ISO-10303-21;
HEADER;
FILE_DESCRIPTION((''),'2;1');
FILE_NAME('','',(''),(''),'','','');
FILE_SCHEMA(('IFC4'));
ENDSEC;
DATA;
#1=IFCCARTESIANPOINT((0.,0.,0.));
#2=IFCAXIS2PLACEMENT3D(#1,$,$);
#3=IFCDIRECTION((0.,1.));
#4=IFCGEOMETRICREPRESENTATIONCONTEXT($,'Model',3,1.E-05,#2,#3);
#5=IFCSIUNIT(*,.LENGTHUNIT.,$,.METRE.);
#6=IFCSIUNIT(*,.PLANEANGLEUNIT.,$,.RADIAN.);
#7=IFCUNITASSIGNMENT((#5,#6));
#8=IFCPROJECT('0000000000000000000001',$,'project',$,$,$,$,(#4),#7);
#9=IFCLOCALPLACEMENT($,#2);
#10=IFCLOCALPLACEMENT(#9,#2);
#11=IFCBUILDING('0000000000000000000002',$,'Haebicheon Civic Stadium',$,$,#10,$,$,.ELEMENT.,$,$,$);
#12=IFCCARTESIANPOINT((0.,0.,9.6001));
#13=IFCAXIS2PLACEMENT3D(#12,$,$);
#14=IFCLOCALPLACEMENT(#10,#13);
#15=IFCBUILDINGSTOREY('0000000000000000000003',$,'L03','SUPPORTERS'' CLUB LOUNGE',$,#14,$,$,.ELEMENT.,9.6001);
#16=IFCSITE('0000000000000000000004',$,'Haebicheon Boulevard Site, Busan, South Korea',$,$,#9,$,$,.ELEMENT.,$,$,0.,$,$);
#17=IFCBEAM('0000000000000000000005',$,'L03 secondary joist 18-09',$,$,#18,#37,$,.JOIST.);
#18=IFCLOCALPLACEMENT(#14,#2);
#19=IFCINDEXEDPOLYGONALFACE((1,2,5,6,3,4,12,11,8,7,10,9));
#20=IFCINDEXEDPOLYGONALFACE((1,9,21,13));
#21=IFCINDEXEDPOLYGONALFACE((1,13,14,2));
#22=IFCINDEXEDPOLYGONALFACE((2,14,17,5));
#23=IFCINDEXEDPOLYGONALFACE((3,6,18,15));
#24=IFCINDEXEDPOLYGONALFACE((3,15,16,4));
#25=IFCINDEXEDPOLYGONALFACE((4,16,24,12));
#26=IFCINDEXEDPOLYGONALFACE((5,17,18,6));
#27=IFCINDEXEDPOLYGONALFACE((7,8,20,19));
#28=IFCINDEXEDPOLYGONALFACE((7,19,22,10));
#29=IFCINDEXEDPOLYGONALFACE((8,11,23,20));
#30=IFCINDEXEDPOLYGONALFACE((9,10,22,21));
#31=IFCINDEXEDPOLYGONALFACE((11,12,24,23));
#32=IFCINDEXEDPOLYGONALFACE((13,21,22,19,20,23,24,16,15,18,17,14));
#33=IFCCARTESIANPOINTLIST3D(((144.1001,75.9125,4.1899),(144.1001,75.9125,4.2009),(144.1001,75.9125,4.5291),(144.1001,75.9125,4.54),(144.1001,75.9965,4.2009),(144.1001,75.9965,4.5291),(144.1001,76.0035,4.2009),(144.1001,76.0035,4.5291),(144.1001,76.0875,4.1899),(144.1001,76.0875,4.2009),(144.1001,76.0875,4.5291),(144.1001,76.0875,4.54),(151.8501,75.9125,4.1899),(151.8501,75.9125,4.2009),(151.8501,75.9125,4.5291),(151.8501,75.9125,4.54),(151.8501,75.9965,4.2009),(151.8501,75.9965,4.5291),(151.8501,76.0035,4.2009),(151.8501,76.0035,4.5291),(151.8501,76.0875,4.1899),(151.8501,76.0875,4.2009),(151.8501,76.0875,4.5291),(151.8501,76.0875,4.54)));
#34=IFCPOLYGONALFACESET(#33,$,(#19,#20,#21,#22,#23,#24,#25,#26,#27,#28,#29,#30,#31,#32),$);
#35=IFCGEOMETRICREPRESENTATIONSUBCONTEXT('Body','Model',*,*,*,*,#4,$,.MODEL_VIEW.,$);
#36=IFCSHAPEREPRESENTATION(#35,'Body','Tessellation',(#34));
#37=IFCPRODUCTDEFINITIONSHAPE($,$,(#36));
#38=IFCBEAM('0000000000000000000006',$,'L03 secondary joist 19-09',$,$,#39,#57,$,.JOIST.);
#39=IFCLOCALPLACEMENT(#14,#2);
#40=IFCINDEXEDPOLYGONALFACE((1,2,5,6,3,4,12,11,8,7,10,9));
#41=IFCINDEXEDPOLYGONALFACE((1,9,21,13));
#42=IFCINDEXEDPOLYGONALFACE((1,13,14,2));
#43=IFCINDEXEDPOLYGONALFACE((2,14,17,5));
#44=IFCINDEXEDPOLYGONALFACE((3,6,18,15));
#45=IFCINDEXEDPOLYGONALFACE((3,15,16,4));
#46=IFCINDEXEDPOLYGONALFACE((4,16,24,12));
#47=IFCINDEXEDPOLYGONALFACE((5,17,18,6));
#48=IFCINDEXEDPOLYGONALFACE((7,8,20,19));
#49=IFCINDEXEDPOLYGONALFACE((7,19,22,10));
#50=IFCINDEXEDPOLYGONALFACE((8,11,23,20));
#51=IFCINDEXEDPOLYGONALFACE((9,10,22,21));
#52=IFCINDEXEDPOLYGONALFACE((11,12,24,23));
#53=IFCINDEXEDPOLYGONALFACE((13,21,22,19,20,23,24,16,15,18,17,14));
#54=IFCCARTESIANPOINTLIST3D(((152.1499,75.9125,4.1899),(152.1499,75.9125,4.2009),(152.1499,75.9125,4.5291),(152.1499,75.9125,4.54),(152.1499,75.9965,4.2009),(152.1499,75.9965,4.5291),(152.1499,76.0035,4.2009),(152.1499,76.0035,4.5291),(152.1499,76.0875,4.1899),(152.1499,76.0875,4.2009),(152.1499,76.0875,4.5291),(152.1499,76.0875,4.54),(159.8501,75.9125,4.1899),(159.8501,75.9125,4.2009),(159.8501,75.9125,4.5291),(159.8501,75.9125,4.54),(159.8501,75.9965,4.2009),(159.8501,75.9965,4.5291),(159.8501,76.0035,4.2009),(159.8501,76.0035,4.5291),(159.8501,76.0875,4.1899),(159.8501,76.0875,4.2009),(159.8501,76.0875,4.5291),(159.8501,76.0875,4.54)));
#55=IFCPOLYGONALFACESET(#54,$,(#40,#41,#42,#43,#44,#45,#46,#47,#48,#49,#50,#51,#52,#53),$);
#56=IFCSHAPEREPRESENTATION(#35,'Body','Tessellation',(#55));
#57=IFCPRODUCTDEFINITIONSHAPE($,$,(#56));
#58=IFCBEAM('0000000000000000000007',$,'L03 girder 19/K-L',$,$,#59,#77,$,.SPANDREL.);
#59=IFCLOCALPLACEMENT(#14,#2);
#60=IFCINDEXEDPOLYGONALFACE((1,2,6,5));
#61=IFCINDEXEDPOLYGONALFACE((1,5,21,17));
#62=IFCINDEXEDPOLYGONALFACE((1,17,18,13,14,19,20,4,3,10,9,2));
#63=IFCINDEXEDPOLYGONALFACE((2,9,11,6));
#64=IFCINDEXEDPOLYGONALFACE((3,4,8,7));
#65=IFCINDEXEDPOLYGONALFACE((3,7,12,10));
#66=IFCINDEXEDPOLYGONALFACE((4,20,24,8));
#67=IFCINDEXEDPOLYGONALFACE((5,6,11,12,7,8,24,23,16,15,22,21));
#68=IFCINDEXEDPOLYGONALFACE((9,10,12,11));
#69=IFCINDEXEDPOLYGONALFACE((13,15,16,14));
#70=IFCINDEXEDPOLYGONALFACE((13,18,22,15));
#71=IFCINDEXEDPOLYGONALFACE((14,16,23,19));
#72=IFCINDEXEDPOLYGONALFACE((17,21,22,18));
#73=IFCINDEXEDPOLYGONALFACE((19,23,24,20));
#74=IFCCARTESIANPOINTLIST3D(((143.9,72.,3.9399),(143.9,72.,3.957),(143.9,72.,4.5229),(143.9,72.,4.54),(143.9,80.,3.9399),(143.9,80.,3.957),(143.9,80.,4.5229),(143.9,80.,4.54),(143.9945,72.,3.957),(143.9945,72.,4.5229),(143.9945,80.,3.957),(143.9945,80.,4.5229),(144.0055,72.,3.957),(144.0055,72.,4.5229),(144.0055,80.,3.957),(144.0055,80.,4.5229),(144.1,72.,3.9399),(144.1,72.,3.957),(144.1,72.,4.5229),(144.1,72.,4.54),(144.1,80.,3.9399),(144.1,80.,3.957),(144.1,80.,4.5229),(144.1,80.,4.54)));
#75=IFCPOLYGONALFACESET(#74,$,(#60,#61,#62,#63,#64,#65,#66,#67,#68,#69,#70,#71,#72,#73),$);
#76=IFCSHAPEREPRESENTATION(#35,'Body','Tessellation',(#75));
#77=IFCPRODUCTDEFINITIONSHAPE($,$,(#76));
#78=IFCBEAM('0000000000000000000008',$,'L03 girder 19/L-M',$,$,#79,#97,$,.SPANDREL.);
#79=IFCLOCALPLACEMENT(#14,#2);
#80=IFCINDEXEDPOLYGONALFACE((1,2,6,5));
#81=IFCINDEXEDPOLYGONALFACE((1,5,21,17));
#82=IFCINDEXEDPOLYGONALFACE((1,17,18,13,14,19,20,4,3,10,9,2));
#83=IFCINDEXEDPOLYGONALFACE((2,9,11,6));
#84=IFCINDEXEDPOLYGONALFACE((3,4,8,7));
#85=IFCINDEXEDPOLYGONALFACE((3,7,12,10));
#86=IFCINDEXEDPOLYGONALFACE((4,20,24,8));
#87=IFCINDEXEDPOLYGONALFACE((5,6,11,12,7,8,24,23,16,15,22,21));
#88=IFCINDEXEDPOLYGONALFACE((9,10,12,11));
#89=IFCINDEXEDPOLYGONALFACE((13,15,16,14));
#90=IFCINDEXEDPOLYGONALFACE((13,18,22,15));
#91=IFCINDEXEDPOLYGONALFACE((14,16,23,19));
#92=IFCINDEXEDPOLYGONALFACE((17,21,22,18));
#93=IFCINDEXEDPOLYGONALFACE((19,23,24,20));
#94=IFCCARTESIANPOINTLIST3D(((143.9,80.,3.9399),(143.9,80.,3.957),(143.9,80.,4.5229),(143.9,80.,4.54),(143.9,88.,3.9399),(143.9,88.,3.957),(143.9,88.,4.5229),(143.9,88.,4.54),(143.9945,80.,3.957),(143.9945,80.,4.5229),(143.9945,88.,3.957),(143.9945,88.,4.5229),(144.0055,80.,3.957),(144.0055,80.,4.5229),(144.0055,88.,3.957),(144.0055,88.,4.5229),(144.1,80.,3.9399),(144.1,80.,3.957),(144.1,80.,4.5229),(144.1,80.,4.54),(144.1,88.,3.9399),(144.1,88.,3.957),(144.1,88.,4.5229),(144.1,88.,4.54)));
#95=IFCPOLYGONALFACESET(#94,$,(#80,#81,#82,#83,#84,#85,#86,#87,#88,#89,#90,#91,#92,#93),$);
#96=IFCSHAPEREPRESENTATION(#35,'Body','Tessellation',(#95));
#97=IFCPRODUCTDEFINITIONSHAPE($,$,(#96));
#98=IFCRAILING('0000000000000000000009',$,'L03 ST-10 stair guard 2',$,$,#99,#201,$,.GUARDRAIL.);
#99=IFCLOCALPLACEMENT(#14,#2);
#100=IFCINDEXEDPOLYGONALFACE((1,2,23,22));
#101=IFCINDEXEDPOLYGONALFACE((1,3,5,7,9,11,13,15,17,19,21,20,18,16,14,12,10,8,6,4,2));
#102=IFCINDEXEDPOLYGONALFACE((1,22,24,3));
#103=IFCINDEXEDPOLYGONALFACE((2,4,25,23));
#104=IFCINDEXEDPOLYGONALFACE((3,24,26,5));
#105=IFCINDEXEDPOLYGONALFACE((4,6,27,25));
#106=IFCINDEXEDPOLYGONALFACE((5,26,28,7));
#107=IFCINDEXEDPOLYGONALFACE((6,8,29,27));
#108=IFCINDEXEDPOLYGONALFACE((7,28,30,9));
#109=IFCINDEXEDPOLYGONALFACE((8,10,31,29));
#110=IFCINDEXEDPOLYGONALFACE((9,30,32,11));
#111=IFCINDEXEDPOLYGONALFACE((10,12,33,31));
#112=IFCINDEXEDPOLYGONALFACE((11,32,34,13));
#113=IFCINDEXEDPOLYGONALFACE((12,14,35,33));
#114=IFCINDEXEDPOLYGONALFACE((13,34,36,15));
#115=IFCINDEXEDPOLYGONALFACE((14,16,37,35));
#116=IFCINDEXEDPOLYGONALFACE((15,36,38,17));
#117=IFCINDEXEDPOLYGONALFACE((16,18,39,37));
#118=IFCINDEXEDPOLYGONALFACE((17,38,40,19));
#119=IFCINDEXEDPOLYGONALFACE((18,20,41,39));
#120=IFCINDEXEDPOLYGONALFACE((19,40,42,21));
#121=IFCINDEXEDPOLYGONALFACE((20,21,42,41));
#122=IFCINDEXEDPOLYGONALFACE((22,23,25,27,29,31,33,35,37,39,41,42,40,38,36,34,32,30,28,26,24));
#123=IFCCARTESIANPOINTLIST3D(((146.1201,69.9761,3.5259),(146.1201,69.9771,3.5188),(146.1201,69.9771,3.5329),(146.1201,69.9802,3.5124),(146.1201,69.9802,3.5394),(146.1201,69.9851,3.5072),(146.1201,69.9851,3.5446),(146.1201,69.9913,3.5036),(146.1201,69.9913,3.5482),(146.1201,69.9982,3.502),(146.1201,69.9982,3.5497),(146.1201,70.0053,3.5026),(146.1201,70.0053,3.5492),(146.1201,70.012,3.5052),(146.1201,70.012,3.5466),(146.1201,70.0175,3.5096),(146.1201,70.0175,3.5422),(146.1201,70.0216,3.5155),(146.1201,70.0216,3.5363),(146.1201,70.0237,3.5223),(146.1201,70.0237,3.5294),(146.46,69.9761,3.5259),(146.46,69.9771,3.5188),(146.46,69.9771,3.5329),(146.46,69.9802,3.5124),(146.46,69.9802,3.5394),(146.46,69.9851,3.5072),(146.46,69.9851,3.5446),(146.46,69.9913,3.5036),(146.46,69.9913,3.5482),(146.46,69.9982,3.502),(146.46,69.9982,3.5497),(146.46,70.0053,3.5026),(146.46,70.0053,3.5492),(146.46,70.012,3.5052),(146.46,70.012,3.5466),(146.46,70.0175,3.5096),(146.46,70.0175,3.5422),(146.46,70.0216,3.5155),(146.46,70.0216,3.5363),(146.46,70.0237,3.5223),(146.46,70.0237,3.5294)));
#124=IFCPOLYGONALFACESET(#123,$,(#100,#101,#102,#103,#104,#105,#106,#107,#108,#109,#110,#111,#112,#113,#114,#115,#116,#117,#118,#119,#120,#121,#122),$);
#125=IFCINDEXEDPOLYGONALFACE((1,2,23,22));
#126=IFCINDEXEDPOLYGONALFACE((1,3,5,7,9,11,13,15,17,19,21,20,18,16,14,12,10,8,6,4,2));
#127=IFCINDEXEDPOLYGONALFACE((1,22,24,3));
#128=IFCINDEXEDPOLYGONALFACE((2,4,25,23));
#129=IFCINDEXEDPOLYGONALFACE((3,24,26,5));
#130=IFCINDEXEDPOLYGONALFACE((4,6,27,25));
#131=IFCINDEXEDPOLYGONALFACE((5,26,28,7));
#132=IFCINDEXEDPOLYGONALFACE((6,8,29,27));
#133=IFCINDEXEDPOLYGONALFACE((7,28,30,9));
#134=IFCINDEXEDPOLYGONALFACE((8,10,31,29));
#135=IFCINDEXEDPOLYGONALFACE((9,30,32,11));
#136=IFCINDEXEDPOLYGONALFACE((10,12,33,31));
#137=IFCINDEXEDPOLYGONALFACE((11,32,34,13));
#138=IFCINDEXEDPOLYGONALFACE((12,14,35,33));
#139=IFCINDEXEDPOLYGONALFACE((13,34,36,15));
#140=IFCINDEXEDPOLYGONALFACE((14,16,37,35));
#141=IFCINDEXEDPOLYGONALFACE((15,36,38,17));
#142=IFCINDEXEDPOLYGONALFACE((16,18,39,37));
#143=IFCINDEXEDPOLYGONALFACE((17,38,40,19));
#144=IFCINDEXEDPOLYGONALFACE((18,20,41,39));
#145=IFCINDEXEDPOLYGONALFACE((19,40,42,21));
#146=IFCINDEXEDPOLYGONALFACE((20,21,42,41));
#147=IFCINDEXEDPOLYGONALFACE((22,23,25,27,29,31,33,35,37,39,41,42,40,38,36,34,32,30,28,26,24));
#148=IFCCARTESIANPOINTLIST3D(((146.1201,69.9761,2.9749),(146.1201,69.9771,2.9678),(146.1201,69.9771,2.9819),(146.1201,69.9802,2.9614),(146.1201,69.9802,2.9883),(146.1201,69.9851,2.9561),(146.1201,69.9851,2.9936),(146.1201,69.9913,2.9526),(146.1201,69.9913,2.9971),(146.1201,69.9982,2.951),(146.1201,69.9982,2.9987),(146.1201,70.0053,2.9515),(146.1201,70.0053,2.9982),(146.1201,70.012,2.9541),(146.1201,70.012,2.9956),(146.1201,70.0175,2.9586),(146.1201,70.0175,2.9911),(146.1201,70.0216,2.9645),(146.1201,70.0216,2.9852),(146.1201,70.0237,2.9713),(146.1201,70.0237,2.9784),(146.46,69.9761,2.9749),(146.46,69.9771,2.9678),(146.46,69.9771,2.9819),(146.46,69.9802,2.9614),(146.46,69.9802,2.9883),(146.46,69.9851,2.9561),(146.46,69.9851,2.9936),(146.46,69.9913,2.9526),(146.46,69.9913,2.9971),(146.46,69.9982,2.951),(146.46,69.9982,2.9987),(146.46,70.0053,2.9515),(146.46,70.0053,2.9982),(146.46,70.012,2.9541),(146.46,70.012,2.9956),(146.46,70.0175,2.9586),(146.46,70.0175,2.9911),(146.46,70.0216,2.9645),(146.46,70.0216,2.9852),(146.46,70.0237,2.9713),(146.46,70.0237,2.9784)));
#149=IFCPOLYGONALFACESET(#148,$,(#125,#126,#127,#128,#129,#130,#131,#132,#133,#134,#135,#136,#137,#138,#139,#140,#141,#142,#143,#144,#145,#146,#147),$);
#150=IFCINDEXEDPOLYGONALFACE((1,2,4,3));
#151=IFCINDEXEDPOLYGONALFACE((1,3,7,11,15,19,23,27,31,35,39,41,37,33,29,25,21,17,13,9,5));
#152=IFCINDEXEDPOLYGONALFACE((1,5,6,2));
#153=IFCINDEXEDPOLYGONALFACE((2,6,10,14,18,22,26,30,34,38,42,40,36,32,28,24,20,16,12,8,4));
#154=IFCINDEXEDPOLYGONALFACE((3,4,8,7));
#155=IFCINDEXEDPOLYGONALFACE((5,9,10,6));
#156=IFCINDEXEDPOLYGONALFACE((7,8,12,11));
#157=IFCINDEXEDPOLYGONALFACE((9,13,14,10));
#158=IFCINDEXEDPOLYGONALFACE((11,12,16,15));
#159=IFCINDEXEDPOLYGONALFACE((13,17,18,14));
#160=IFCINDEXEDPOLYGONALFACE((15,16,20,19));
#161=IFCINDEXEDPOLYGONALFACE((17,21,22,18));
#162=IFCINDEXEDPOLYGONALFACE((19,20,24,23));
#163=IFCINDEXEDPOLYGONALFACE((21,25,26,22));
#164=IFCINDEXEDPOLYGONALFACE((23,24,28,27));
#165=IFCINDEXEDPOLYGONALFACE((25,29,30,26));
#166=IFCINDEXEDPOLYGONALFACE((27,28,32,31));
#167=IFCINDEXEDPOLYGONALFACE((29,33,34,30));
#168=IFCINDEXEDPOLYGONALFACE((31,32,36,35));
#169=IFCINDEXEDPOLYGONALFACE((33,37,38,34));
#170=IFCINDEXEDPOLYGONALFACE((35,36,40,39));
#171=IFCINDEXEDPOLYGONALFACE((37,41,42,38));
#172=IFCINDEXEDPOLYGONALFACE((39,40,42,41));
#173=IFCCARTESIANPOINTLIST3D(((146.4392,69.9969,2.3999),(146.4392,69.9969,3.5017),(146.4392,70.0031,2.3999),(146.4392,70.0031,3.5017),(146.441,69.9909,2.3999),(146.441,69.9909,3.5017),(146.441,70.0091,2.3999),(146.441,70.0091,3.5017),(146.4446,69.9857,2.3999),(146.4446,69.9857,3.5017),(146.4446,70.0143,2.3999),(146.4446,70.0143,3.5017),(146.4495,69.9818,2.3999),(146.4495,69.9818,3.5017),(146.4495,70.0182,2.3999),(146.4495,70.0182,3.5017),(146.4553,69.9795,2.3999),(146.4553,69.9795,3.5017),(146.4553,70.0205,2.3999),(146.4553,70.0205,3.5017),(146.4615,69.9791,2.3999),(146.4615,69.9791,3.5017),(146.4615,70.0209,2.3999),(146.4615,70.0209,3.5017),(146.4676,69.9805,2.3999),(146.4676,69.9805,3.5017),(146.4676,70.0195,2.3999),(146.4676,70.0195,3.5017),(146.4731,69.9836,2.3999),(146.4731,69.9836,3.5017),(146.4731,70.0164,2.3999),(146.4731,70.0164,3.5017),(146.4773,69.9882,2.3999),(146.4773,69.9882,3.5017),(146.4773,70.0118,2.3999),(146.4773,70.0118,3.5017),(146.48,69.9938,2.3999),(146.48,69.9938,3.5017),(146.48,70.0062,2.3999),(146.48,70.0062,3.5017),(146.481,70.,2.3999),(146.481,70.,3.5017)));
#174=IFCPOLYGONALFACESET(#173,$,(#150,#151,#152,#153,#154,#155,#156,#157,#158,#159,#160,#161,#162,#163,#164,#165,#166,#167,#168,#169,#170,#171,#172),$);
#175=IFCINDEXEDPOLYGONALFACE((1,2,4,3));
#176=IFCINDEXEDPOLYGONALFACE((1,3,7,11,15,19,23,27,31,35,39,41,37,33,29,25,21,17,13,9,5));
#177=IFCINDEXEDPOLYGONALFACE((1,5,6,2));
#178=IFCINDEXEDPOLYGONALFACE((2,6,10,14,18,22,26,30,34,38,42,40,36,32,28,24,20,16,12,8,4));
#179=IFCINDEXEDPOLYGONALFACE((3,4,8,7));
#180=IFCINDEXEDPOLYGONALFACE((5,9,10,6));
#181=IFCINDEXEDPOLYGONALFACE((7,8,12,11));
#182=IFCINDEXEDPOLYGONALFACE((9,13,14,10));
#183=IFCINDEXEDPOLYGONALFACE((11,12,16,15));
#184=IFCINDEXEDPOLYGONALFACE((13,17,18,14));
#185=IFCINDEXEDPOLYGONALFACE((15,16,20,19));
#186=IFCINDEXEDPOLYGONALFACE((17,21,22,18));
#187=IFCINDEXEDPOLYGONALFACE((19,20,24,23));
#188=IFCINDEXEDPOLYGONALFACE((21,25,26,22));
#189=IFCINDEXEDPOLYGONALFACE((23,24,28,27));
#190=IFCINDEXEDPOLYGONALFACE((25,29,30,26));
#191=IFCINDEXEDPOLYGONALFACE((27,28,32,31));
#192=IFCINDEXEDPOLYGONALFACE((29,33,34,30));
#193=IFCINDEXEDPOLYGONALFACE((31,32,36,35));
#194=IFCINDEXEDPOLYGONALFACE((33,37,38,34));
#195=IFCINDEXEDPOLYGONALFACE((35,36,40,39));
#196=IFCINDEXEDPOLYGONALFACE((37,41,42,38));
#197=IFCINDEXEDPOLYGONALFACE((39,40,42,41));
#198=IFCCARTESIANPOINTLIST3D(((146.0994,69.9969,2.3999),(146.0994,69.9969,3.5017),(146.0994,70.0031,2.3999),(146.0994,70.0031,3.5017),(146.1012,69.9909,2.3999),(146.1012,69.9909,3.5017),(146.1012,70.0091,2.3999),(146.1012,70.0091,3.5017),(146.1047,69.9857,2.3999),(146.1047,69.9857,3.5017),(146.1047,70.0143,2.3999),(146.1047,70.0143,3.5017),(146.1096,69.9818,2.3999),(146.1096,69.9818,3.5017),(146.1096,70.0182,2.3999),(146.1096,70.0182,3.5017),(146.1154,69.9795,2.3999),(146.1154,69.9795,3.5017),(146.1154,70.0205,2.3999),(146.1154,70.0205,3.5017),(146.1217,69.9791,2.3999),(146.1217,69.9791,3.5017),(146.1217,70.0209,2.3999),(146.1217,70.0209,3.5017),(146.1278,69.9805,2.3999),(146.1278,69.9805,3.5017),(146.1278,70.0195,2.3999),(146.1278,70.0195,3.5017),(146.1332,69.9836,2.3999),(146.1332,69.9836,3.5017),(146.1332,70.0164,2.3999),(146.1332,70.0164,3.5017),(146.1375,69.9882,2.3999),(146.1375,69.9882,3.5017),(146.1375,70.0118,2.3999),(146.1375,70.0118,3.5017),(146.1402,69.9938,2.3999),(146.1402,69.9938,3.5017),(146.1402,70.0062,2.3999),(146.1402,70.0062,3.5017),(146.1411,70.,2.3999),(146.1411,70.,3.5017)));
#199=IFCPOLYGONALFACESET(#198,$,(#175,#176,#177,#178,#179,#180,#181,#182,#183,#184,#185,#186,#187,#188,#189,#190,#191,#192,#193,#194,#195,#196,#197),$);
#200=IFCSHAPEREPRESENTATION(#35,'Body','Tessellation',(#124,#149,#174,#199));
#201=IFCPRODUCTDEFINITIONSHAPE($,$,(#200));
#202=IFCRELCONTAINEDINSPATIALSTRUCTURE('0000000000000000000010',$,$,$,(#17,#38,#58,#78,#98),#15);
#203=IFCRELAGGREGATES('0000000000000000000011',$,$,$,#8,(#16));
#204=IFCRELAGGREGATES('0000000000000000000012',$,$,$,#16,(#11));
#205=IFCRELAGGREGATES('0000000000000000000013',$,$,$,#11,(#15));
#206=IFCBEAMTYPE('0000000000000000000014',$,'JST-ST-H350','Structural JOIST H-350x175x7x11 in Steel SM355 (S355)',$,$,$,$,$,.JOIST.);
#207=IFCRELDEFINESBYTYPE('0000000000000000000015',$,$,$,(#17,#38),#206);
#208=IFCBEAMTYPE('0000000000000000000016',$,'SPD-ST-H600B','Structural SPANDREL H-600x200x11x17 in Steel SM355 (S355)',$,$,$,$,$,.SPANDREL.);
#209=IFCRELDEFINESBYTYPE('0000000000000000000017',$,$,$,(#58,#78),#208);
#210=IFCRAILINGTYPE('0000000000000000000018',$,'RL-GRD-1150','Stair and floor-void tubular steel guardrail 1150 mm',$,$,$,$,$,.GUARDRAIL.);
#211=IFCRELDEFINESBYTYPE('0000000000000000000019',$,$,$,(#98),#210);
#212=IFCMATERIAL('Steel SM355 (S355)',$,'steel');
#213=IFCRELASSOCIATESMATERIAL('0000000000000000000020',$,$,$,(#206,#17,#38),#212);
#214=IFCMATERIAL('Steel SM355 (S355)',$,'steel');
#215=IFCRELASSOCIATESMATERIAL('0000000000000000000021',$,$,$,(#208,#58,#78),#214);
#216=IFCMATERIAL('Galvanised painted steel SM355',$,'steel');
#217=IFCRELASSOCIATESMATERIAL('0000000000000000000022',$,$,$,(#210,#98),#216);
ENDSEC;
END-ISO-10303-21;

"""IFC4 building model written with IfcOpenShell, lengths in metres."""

from ifc_helpers import new_model, si_unit, direction, frame, origin, origin_2d, place, context, subcontext, project, spatial, circle, i_section, extrude, material, material_profile, profile_set, type_object, element, save


model = new_model("IFC4")

# Units and contexts
model_context = context("Model", 3, precision=1e-05, world=origin(), true_north=direction((0.0, 1.0)))
body_context = subcontext(model_context, "Body", "Model", "MODEL_VIEW")
ifc_project = project(units=[si_unit("LENGTHUNIT", "METRE"), si_unit("PLANEANGLEUNIT", "RADIAN")], contexts=[model_context])

# Site, building, storey
site_placement = place(None, origin())
site = spatial("IfcSite", under=ifc_project, at=site_placement, Name="Haebicheon Boulevard Site, Busan, South Korea", CompositionType="ELEMENT", RefElevation=0.0)
building_placement = place(site_placement, origin())
building = spatial("IfcBuilding", under=site, at=building_placement, Name="Haebicheon Civic Stadium", CompositionType="ELEMENT")
storey_placement = place(building_placement, frame((0.0, 0.0, 9.6001)))
storey = spatial("IfcBuildingStorey", under=building, at=storey_placement, Name="L03", Description="SUPPORTERS' CLUB LOUNGE", CompositionType="ELEMENT", Elevation=9.6001)

# Beams
ifc_material_1 = material(Name="Steel SM355 (S355)", Category="steel")
ifc_material_profile_1 = material_profile(ifc_material_1, i_section(OverallWidth=0.175, OverallDepth=0.3501, WebThickness=0.0071, FlangeThickness=0.011, at=origin_2d()), Name="H-350x175x7x11")
ifc_profile_set_1 = profile_set([ifc_material_profile_1], Name="Steel SM355 (S355)")
beam_type_1 = type_object("IfcBeamType", Name="JST-ST-H350", Description="Structural JOIST H-350x175x7x11 in Steel SM355 (S355)", PredefinedType="JOIST", material=ifc_profile_set_1)
beam_1_placement = place(storey_placement, frame((144.1001, 76.0, 4.365), z_axis=(1.0, 0.0, 0.0), x_axis=(0.0, 1.0, 0.0)))
element("IfcBeam", 1, at=beam_1_placement, inside=storey, type_object=beam_type_1, material=ifc_profile_set_1, Name="L03 secondary joist 18-09", PredefinedType="JOIST", context=body_context, shape_type="SweptSolid", body=[
    extrude(i_section(OverallWidth=0.175, OverallDepth=0.3501, WebThickness=0.0071, FlangeThickness=0.011, at=origin_2d()), origin(), (0.0, 0.0, 1.0), 7.75),
])
beam_2_placement = place(storey_placement, frame((152.1499, 76.0, 4.365), z_axis=(1.0, 0.0, 0.0), x_axis=(0.0, 1.0, 0.0)))
element("IfcBeam", 2, at=beam_2_placement, inside=storey, type_object=beam_type_1, material=ifc_profile_set_1, Name="L03 secondary joist 19-09", PredefinedType="JOIST", context=body_context, shape_type="SweptSolid", body=[
    extrude(i_section(OverallWidth=0.175, OverallDepth=0.3501, WebThickness=0.0071, FlangeThickness=0.011, at=origin_2d()), origin(), (0.0, 0.0, 1.0), 7.7002),
])
ifc_material_2 = material(Name="Steel SM355 (S355)", Category="steel")
ifc_material_profile_2 = material_profile(ifc_material_2, i_section(OverallWidth=0.2, OverallDepth=0.6001, WebThickness=0.011, FlangeThickness=0.0171, at=origin_2d()), Name="H-600x200x11x17")
ifc_profile_set_2 = profile_set([ifc_material_profile_2], Name="Steel SM355 (S355)")
beam_type_2 = type_object("IfcBeamType", Name="SPD-ST-H600B", Description="Structural SPANDREL H-600x200x11x17 in Steel SM355 (S355)", PredefinedType="SPANDREL", material=ifc_profile_set_2)
for number, where, z_axis, x_axis, name in (
    (3, (144.0, 72.0, 4.24), (0.0, 1.0, 0.0), (-1.0, 0.0, 0.0), "L03 girder 19/K-L"),
    (4, (144.0, 80.0, 4.24), (0.0, 1.0, 0.0), (-1.0, 0.0, 0.0), "L03 girder 19/L-M"),
):
    element("IfcBeam", number, at=place(storey_placement, frame(where, z_axis=z_axis, x_axis=x_axis)), inside=storey, type_object=beam_type_2, material=ifc_profile_set_2, Name=name, PredefinedType="SPANDREL", context=body_context, shape_type="SweptSolid", body=[
        extrude(i_section(OverallWidth=0.2, OverallDepth=0.6001, WebThickness=0.011, FlangeThickness=0.0171, at=origin_2d()), origin(), (0.0, 0.0, 1.0), 8.0),
    ])

# Railing
ifc_material_3 = material(Name="Galvanised painted steel SM355", Category="steel")
railing_type_1 = type_object("IfcRailingType", Name="RL-GRD-1150", Description="Stair and floor-void tubular steel guardrail 1150 mm", PredefinedType="GUARDRAIL", material=ifc_material_3)
railing_1_placement = place(storey_placement, frame((146.46, 70.0, 2.3999)))
element("IfcRailing", 5, at=railing_1_placement, inside=storey, type_object=railing_type_1, material=ifc_material_3, Name="L03 ST-10 stair guard 2", PredefinedType="GUARDRAIL", context=body_context, shape_type="SweptSolid", body=[
    extrude(circle(Radius=0.0239, at=origin_2d()), frame((0.0, 0.0, 1.126), z_axis=(-1.0, 0.0, 0.0), x_axis=(0.0, -1.0, 0.0)), (0.0, 0.0, 1.0), 0.3398),
    extrude(circle(Radius=0.0239, at=origin_2d()), frame((0.0, 0.0, 0.575), z_axis=(-1.0, 0.0, 0.0), x_axis=(0.0, -1.0, 0.0)), (0.0, 0.0, 1.0), 0.3398),
    extrude(circle(Radius=0.021, at=origin_2d()), origin(), (0.0, 0.0, 1.0), 1.1018),
    extrude(circle(Radius=0.021, at=origin_2d()), frame((-0.3398, 0.0, 0.0)), (0.0, 0.0, 1.0), 1.1018),
])

save(model, "model.ifc")
